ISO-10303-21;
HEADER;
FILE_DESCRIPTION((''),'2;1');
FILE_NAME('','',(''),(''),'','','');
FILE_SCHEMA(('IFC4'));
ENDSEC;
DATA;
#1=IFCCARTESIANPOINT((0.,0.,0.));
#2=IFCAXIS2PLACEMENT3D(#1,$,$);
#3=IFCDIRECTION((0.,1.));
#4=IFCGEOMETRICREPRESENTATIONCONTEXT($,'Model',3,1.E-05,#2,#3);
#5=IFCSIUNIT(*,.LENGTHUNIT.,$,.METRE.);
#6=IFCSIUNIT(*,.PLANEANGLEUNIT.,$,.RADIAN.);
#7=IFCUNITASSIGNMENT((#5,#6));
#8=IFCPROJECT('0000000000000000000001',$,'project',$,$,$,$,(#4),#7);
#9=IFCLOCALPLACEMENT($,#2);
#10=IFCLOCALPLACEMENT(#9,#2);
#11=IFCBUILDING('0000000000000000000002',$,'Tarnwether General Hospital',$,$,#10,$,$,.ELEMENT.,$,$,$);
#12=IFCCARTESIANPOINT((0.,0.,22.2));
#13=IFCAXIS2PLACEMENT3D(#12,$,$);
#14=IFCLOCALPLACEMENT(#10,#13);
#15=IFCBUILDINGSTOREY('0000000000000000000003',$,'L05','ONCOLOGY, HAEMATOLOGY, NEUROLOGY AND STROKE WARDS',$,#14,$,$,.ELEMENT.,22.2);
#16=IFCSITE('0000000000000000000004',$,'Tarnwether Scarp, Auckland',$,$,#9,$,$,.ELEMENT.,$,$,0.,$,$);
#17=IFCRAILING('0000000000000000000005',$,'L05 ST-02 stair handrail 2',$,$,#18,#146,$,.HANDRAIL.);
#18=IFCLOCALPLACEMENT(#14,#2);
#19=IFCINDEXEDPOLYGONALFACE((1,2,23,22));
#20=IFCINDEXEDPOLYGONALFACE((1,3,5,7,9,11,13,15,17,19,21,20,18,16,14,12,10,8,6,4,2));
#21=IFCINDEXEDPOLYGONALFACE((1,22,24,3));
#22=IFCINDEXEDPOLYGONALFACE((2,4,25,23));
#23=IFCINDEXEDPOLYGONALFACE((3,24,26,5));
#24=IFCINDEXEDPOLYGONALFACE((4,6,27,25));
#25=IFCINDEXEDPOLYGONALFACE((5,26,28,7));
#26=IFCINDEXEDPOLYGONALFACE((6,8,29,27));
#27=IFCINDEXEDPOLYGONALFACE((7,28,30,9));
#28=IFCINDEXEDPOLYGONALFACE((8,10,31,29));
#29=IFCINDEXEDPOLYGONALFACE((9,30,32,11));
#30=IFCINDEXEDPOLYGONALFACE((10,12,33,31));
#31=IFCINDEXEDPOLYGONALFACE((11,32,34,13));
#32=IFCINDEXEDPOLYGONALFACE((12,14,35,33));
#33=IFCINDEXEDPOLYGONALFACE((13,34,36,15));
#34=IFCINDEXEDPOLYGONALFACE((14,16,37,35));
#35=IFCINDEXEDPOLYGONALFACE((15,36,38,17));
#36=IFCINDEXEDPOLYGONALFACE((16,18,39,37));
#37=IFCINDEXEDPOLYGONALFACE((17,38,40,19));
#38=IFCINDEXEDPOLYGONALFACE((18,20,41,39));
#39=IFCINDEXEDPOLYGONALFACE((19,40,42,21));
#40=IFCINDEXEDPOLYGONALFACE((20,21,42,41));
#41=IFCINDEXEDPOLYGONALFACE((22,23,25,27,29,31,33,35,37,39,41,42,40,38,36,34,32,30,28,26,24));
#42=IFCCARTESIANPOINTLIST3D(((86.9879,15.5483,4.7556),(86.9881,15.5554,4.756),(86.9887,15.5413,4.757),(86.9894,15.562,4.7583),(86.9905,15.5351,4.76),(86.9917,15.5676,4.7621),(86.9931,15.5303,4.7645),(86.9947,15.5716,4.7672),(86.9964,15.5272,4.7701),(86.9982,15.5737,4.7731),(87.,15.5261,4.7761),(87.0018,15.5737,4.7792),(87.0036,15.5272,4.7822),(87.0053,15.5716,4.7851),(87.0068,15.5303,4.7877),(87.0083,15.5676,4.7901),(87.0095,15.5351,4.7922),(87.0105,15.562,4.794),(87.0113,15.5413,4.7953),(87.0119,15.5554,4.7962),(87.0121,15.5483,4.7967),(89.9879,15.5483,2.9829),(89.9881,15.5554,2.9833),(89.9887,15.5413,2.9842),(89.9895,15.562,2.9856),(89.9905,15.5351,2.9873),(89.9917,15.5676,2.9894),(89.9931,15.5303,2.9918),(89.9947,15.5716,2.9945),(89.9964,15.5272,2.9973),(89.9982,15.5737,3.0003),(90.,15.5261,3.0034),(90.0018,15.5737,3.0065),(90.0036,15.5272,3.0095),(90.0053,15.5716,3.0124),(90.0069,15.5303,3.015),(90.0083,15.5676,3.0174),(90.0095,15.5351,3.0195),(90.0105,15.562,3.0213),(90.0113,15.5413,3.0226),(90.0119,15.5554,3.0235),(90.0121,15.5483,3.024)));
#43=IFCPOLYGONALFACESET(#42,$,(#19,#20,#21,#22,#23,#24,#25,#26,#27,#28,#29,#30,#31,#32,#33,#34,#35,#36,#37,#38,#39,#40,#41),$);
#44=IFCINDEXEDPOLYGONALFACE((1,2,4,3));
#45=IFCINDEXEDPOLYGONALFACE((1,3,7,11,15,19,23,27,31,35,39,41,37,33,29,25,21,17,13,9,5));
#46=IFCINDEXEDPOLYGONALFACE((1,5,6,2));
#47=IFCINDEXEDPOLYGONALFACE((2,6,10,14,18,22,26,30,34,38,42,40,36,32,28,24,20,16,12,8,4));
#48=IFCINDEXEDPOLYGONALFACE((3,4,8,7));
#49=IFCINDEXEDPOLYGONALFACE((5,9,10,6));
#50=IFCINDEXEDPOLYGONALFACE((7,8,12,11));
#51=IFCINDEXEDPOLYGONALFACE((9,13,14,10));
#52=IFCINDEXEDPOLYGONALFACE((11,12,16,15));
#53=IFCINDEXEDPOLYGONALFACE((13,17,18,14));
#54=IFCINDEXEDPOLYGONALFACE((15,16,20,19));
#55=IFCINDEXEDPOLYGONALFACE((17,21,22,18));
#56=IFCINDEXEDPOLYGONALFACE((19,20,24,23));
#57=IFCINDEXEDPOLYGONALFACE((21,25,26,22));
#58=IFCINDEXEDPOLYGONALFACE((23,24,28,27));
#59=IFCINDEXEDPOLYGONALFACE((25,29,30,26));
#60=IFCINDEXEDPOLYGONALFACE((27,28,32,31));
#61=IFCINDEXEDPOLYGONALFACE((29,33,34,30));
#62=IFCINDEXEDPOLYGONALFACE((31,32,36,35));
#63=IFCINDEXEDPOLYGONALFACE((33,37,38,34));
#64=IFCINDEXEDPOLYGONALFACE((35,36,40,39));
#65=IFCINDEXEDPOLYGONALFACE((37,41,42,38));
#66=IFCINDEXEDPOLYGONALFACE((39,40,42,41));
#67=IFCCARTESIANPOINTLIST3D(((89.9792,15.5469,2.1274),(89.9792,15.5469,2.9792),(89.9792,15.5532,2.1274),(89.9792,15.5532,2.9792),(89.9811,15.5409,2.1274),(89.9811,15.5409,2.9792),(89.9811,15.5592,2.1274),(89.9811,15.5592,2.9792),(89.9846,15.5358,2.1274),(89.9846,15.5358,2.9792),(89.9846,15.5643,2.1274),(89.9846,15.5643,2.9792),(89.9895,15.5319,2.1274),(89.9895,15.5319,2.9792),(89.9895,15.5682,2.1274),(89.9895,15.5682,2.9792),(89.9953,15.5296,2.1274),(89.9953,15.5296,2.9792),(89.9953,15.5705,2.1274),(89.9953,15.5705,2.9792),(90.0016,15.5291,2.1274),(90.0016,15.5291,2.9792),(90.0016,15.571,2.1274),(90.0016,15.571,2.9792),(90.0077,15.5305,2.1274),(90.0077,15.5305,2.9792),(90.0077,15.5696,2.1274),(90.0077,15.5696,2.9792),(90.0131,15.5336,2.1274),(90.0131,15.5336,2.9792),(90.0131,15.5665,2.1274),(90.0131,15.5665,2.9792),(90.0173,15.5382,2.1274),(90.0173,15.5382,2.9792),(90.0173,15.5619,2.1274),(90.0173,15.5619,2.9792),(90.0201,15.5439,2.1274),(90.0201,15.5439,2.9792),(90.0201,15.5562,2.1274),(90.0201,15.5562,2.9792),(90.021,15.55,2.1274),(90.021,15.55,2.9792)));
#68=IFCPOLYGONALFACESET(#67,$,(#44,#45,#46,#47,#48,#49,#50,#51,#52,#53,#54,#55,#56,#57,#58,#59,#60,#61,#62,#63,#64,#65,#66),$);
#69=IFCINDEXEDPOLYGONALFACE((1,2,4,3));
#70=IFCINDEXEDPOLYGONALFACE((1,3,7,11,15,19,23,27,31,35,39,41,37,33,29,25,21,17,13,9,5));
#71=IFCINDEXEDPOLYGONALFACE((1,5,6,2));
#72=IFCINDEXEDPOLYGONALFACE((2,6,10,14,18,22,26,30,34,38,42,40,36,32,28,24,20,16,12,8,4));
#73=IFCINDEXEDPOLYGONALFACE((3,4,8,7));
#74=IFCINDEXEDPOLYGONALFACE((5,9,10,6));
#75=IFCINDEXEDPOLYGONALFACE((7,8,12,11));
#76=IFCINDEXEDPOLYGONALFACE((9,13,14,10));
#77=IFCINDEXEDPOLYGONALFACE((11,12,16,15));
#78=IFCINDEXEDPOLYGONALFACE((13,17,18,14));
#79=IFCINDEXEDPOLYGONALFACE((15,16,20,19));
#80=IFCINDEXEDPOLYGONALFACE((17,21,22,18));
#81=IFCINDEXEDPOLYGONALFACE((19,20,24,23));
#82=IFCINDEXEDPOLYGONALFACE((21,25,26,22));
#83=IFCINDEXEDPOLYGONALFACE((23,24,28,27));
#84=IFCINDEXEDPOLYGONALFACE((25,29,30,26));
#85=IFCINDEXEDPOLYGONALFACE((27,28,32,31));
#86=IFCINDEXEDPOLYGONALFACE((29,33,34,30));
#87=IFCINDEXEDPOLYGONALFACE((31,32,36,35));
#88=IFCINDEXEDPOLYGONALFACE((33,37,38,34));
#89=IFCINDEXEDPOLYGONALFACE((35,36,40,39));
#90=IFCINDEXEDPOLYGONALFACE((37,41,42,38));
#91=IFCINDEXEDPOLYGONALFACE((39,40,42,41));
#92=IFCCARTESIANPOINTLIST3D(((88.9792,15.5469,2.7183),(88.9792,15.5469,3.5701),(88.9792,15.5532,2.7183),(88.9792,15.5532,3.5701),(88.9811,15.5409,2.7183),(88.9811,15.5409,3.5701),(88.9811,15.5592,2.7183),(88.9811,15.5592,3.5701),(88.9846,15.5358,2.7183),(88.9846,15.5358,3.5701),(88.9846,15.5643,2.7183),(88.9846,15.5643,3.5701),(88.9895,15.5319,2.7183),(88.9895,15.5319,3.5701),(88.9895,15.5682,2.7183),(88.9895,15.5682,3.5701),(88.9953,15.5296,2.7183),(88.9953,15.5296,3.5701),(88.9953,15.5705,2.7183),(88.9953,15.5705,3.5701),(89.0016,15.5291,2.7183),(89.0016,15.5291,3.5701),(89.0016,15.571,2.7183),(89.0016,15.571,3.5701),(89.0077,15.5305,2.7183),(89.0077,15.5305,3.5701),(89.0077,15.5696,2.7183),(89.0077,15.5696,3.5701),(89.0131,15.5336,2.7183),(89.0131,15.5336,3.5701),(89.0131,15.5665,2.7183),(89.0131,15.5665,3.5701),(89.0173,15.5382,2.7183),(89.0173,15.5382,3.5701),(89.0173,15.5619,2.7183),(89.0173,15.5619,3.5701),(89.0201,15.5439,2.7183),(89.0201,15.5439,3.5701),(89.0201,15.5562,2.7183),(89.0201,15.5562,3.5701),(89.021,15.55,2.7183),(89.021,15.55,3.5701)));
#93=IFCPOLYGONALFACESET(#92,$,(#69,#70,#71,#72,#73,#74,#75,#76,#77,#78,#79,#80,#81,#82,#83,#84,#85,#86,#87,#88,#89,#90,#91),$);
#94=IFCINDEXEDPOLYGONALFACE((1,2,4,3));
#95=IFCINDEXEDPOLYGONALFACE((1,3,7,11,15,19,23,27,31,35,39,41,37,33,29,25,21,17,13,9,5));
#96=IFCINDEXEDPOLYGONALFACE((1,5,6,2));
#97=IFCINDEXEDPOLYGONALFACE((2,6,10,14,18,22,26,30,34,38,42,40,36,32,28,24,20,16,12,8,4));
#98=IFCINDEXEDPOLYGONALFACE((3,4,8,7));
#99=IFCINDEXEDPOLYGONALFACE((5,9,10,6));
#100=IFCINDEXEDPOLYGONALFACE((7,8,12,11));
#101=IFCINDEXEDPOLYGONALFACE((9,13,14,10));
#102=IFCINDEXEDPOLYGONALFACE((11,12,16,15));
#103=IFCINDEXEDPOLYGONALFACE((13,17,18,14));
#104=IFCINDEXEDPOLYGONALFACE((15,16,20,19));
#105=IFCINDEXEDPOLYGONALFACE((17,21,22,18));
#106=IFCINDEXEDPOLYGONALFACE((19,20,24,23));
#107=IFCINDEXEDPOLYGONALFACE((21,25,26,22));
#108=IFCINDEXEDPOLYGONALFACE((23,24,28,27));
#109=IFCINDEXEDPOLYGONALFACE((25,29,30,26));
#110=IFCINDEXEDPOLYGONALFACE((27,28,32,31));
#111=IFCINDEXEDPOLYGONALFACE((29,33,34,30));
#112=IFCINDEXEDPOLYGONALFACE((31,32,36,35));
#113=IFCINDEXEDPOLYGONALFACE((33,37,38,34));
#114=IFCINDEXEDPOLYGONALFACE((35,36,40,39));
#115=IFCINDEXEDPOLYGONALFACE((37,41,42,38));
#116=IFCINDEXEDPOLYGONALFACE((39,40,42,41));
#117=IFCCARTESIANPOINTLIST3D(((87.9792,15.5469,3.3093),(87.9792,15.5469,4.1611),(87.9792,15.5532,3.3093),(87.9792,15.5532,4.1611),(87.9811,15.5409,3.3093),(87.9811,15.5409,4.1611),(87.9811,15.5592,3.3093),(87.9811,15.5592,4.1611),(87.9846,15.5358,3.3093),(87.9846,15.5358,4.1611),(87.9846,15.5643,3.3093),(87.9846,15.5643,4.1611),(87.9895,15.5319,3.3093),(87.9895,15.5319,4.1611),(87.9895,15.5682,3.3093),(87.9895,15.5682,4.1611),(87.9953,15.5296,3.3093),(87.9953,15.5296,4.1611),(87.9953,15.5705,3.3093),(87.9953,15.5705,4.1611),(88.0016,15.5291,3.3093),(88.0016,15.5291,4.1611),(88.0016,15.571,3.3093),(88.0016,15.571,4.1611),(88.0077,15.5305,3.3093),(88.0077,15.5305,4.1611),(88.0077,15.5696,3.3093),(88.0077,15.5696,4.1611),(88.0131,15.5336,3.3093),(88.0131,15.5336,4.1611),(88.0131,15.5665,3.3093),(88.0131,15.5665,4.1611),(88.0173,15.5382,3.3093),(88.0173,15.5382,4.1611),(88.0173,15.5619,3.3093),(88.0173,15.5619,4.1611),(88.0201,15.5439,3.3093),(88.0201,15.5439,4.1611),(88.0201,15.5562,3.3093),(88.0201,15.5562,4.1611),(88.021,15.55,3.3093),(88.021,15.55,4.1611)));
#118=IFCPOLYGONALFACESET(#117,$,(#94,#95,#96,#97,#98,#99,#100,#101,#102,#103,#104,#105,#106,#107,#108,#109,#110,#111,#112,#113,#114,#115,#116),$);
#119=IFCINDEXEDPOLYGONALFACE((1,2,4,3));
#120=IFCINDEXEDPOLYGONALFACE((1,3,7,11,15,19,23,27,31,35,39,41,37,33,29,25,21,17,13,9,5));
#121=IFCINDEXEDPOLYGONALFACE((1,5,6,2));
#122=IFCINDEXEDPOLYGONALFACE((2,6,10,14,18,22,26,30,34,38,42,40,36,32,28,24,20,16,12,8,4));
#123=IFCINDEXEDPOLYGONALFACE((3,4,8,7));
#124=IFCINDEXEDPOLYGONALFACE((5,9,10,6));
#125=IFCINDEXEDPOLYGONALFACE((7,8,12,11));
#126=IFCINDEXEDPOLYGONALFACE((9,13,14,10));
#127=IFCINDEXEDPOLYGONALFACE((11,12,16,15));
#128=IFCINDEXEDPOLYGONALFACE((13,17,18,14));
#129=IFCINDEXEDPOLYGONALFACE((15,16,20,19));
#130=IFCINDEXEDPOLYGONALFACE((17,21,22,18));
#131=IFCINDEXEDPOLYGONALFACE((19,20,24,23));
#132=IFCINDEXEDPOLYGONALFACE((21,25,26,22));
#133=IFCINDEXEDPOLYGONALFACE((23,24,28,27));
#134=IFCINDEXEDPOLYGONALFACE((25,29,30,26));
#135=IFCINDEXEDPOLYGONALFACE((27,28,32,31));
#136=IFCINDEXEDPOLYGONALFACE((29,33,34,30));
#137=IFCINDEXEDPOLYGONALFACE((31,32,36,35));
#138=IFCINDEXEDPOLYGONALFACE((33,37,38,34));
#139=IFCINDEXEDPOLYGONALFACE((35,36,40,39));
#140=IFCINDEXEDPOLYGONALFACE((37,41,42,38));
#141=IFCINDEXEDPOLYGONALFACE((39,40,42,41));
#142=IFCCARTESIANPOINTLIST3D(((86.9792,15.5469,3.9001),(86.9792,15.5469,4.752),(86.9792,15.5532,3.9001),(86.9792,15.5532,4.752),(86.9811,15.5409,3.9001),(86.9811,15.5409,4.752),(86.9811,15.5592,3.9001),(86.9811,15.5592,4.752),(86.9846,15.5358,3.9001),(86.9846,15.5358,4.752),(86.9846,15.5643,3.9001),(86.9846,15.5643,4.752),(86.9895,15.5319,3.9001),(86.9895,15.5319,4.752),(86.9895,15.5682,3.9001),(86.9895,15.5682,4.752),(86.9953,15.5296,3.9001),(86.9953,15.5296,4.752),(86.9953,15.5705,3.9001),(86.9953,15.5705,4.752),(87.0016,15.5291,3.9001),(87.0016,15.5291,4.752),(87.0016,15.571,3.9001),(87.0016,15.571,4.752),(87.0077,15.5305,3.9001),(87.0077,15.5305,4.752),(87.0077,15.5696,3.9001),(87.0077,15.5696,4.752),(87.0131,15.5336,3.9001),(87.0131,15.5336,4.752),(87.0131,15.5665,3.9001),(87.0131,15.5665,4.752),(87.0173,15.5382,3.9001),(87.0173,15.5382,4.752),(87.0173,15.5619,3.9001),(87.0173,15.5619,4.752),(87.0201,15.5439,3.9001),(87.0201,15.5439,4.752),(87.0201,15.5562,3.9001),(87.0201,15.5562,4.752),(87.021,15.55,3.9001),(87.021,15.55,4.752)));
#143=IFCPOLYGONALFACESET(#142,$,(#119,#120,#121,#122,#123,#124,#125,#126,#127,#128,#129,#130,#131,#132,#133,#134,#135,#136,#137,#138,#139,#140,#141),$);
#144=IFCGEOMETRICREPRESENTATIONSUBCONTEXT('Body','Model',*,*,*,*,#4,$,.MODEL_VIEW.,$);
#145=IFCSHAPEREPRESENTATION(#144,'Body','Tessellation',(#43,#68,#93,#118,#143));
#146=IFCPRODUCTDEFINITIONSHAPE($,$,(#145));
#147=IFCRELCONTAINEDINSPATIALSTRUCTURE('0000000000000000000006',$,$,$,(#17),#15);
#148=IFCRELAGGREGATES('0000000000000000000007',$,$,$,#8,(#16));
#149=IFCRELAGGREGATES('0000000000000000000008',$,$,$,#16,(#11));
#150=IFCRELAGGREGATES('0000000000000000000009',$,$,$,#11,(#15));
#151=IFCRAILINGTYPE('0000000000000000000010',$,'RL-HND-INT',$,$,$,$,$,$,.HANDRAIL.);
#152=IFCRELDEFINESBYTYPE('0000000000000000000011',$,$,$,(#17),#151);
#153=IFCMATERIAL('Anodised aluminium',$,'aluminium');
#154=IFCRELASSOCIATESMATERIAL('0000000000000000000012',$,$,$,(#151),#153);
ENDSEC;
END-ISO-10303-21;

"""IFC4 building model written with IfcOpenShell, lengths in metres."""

from ifc_helpers import new_model, si_unit, direction, frame, origin, origin_2d, place, context, subcontext, project, spatial, circle, extrude, material, type_object, element, save


model = new_model("IFC4")

# Units and contexts
model_context = context("Model", 3, precision=1e-05, world=origin(), true_north=direction((0.0, 1.0)))
body_context = subcontext(model_context, "Body", "Model", "MODEL_VIEW")
ifc_project = project(units=[si_unit("LENGTHUNIT", "METRE"), si_unit("PLANEANGLEUNIT", "RADIAN")], contexts=[model_context])

# Site, building, storey
site_placement = place(None, origin())
site = spatial("IfcSite", under=ifc_project, at=site_placement, Name="Tarnwether Scarp, Auckland", CompositionType="ELEMENT", RefElevation=0.0)
building_placement = place(site_placement, origin())
building = spatial("IfcBuilding", under=site, at=building_placement, Name="Tarnwether General Hospital", CompositionType="ELEMENT")
storey_placement = place(building_placement, frame((0.0, 0.0, 22.2)))
storey = spatial("IfcBuildingStorey", under=building, at=storey_placement, Name="L05", Description="ONCOLOGY, HAEMATOLOGY, NEUROLOGY AND STROKE WARDS", CompositionType="ELEMENT", Elevation=22.2)

# Railing
ifc_material_1 = material(Name="Anodised aluminium", Category="aluminium")
railing_type_1 = type_object("IfcRailingType", Name="RL-HND-INT", PredefinedType="HANDRAIL", material=ifc_material_1)
railing_1_placement = place(storey_placement, frame((90.0, 15.55, 2.1274)))
element("IfcRailing", 1, at=railing_1_placement, inside=storey, type_object=railing_type_1, Name="L05 ST-02 stair handrail 2", PredefinedType="HANDRAIL", context=body_context, shape_type="SweptSolid", body=[
    extrude(circle(Radius=0.0239, at=origin_2d()), frame((0.0, 0.0, 0.876), z_axis=(-0.860929, 0.0, 0.508725), x_axis=(0.0, -1.0, 0.0)), (0.0, 0.0, 1.0), 3.4846),
    extrude(circle(Radius=0.021, at=origin_2d()), origin(), (0.0, 0.0, 1.0), 0.8518),
    extrude(circle(Radius=0.021, at=origin_2d()), frame((-1.0, 0.0, 0.5908)), (0.0, 0.0, 1.0), 0.8518),
    extrude(circle(Radius=0.021, at=origin_2d()), frame((-2.0, 0.0, 1.1819)), (0.0, 0.0, 1.0), 0.8518),
    extrude(circle(Radius=0.021, at=origin_2d()), frame((-3.0, 0.0, 1.7727)), (0.0, 0.0, 1.0), 0.8518),
])

save(model, "model.ifc")
